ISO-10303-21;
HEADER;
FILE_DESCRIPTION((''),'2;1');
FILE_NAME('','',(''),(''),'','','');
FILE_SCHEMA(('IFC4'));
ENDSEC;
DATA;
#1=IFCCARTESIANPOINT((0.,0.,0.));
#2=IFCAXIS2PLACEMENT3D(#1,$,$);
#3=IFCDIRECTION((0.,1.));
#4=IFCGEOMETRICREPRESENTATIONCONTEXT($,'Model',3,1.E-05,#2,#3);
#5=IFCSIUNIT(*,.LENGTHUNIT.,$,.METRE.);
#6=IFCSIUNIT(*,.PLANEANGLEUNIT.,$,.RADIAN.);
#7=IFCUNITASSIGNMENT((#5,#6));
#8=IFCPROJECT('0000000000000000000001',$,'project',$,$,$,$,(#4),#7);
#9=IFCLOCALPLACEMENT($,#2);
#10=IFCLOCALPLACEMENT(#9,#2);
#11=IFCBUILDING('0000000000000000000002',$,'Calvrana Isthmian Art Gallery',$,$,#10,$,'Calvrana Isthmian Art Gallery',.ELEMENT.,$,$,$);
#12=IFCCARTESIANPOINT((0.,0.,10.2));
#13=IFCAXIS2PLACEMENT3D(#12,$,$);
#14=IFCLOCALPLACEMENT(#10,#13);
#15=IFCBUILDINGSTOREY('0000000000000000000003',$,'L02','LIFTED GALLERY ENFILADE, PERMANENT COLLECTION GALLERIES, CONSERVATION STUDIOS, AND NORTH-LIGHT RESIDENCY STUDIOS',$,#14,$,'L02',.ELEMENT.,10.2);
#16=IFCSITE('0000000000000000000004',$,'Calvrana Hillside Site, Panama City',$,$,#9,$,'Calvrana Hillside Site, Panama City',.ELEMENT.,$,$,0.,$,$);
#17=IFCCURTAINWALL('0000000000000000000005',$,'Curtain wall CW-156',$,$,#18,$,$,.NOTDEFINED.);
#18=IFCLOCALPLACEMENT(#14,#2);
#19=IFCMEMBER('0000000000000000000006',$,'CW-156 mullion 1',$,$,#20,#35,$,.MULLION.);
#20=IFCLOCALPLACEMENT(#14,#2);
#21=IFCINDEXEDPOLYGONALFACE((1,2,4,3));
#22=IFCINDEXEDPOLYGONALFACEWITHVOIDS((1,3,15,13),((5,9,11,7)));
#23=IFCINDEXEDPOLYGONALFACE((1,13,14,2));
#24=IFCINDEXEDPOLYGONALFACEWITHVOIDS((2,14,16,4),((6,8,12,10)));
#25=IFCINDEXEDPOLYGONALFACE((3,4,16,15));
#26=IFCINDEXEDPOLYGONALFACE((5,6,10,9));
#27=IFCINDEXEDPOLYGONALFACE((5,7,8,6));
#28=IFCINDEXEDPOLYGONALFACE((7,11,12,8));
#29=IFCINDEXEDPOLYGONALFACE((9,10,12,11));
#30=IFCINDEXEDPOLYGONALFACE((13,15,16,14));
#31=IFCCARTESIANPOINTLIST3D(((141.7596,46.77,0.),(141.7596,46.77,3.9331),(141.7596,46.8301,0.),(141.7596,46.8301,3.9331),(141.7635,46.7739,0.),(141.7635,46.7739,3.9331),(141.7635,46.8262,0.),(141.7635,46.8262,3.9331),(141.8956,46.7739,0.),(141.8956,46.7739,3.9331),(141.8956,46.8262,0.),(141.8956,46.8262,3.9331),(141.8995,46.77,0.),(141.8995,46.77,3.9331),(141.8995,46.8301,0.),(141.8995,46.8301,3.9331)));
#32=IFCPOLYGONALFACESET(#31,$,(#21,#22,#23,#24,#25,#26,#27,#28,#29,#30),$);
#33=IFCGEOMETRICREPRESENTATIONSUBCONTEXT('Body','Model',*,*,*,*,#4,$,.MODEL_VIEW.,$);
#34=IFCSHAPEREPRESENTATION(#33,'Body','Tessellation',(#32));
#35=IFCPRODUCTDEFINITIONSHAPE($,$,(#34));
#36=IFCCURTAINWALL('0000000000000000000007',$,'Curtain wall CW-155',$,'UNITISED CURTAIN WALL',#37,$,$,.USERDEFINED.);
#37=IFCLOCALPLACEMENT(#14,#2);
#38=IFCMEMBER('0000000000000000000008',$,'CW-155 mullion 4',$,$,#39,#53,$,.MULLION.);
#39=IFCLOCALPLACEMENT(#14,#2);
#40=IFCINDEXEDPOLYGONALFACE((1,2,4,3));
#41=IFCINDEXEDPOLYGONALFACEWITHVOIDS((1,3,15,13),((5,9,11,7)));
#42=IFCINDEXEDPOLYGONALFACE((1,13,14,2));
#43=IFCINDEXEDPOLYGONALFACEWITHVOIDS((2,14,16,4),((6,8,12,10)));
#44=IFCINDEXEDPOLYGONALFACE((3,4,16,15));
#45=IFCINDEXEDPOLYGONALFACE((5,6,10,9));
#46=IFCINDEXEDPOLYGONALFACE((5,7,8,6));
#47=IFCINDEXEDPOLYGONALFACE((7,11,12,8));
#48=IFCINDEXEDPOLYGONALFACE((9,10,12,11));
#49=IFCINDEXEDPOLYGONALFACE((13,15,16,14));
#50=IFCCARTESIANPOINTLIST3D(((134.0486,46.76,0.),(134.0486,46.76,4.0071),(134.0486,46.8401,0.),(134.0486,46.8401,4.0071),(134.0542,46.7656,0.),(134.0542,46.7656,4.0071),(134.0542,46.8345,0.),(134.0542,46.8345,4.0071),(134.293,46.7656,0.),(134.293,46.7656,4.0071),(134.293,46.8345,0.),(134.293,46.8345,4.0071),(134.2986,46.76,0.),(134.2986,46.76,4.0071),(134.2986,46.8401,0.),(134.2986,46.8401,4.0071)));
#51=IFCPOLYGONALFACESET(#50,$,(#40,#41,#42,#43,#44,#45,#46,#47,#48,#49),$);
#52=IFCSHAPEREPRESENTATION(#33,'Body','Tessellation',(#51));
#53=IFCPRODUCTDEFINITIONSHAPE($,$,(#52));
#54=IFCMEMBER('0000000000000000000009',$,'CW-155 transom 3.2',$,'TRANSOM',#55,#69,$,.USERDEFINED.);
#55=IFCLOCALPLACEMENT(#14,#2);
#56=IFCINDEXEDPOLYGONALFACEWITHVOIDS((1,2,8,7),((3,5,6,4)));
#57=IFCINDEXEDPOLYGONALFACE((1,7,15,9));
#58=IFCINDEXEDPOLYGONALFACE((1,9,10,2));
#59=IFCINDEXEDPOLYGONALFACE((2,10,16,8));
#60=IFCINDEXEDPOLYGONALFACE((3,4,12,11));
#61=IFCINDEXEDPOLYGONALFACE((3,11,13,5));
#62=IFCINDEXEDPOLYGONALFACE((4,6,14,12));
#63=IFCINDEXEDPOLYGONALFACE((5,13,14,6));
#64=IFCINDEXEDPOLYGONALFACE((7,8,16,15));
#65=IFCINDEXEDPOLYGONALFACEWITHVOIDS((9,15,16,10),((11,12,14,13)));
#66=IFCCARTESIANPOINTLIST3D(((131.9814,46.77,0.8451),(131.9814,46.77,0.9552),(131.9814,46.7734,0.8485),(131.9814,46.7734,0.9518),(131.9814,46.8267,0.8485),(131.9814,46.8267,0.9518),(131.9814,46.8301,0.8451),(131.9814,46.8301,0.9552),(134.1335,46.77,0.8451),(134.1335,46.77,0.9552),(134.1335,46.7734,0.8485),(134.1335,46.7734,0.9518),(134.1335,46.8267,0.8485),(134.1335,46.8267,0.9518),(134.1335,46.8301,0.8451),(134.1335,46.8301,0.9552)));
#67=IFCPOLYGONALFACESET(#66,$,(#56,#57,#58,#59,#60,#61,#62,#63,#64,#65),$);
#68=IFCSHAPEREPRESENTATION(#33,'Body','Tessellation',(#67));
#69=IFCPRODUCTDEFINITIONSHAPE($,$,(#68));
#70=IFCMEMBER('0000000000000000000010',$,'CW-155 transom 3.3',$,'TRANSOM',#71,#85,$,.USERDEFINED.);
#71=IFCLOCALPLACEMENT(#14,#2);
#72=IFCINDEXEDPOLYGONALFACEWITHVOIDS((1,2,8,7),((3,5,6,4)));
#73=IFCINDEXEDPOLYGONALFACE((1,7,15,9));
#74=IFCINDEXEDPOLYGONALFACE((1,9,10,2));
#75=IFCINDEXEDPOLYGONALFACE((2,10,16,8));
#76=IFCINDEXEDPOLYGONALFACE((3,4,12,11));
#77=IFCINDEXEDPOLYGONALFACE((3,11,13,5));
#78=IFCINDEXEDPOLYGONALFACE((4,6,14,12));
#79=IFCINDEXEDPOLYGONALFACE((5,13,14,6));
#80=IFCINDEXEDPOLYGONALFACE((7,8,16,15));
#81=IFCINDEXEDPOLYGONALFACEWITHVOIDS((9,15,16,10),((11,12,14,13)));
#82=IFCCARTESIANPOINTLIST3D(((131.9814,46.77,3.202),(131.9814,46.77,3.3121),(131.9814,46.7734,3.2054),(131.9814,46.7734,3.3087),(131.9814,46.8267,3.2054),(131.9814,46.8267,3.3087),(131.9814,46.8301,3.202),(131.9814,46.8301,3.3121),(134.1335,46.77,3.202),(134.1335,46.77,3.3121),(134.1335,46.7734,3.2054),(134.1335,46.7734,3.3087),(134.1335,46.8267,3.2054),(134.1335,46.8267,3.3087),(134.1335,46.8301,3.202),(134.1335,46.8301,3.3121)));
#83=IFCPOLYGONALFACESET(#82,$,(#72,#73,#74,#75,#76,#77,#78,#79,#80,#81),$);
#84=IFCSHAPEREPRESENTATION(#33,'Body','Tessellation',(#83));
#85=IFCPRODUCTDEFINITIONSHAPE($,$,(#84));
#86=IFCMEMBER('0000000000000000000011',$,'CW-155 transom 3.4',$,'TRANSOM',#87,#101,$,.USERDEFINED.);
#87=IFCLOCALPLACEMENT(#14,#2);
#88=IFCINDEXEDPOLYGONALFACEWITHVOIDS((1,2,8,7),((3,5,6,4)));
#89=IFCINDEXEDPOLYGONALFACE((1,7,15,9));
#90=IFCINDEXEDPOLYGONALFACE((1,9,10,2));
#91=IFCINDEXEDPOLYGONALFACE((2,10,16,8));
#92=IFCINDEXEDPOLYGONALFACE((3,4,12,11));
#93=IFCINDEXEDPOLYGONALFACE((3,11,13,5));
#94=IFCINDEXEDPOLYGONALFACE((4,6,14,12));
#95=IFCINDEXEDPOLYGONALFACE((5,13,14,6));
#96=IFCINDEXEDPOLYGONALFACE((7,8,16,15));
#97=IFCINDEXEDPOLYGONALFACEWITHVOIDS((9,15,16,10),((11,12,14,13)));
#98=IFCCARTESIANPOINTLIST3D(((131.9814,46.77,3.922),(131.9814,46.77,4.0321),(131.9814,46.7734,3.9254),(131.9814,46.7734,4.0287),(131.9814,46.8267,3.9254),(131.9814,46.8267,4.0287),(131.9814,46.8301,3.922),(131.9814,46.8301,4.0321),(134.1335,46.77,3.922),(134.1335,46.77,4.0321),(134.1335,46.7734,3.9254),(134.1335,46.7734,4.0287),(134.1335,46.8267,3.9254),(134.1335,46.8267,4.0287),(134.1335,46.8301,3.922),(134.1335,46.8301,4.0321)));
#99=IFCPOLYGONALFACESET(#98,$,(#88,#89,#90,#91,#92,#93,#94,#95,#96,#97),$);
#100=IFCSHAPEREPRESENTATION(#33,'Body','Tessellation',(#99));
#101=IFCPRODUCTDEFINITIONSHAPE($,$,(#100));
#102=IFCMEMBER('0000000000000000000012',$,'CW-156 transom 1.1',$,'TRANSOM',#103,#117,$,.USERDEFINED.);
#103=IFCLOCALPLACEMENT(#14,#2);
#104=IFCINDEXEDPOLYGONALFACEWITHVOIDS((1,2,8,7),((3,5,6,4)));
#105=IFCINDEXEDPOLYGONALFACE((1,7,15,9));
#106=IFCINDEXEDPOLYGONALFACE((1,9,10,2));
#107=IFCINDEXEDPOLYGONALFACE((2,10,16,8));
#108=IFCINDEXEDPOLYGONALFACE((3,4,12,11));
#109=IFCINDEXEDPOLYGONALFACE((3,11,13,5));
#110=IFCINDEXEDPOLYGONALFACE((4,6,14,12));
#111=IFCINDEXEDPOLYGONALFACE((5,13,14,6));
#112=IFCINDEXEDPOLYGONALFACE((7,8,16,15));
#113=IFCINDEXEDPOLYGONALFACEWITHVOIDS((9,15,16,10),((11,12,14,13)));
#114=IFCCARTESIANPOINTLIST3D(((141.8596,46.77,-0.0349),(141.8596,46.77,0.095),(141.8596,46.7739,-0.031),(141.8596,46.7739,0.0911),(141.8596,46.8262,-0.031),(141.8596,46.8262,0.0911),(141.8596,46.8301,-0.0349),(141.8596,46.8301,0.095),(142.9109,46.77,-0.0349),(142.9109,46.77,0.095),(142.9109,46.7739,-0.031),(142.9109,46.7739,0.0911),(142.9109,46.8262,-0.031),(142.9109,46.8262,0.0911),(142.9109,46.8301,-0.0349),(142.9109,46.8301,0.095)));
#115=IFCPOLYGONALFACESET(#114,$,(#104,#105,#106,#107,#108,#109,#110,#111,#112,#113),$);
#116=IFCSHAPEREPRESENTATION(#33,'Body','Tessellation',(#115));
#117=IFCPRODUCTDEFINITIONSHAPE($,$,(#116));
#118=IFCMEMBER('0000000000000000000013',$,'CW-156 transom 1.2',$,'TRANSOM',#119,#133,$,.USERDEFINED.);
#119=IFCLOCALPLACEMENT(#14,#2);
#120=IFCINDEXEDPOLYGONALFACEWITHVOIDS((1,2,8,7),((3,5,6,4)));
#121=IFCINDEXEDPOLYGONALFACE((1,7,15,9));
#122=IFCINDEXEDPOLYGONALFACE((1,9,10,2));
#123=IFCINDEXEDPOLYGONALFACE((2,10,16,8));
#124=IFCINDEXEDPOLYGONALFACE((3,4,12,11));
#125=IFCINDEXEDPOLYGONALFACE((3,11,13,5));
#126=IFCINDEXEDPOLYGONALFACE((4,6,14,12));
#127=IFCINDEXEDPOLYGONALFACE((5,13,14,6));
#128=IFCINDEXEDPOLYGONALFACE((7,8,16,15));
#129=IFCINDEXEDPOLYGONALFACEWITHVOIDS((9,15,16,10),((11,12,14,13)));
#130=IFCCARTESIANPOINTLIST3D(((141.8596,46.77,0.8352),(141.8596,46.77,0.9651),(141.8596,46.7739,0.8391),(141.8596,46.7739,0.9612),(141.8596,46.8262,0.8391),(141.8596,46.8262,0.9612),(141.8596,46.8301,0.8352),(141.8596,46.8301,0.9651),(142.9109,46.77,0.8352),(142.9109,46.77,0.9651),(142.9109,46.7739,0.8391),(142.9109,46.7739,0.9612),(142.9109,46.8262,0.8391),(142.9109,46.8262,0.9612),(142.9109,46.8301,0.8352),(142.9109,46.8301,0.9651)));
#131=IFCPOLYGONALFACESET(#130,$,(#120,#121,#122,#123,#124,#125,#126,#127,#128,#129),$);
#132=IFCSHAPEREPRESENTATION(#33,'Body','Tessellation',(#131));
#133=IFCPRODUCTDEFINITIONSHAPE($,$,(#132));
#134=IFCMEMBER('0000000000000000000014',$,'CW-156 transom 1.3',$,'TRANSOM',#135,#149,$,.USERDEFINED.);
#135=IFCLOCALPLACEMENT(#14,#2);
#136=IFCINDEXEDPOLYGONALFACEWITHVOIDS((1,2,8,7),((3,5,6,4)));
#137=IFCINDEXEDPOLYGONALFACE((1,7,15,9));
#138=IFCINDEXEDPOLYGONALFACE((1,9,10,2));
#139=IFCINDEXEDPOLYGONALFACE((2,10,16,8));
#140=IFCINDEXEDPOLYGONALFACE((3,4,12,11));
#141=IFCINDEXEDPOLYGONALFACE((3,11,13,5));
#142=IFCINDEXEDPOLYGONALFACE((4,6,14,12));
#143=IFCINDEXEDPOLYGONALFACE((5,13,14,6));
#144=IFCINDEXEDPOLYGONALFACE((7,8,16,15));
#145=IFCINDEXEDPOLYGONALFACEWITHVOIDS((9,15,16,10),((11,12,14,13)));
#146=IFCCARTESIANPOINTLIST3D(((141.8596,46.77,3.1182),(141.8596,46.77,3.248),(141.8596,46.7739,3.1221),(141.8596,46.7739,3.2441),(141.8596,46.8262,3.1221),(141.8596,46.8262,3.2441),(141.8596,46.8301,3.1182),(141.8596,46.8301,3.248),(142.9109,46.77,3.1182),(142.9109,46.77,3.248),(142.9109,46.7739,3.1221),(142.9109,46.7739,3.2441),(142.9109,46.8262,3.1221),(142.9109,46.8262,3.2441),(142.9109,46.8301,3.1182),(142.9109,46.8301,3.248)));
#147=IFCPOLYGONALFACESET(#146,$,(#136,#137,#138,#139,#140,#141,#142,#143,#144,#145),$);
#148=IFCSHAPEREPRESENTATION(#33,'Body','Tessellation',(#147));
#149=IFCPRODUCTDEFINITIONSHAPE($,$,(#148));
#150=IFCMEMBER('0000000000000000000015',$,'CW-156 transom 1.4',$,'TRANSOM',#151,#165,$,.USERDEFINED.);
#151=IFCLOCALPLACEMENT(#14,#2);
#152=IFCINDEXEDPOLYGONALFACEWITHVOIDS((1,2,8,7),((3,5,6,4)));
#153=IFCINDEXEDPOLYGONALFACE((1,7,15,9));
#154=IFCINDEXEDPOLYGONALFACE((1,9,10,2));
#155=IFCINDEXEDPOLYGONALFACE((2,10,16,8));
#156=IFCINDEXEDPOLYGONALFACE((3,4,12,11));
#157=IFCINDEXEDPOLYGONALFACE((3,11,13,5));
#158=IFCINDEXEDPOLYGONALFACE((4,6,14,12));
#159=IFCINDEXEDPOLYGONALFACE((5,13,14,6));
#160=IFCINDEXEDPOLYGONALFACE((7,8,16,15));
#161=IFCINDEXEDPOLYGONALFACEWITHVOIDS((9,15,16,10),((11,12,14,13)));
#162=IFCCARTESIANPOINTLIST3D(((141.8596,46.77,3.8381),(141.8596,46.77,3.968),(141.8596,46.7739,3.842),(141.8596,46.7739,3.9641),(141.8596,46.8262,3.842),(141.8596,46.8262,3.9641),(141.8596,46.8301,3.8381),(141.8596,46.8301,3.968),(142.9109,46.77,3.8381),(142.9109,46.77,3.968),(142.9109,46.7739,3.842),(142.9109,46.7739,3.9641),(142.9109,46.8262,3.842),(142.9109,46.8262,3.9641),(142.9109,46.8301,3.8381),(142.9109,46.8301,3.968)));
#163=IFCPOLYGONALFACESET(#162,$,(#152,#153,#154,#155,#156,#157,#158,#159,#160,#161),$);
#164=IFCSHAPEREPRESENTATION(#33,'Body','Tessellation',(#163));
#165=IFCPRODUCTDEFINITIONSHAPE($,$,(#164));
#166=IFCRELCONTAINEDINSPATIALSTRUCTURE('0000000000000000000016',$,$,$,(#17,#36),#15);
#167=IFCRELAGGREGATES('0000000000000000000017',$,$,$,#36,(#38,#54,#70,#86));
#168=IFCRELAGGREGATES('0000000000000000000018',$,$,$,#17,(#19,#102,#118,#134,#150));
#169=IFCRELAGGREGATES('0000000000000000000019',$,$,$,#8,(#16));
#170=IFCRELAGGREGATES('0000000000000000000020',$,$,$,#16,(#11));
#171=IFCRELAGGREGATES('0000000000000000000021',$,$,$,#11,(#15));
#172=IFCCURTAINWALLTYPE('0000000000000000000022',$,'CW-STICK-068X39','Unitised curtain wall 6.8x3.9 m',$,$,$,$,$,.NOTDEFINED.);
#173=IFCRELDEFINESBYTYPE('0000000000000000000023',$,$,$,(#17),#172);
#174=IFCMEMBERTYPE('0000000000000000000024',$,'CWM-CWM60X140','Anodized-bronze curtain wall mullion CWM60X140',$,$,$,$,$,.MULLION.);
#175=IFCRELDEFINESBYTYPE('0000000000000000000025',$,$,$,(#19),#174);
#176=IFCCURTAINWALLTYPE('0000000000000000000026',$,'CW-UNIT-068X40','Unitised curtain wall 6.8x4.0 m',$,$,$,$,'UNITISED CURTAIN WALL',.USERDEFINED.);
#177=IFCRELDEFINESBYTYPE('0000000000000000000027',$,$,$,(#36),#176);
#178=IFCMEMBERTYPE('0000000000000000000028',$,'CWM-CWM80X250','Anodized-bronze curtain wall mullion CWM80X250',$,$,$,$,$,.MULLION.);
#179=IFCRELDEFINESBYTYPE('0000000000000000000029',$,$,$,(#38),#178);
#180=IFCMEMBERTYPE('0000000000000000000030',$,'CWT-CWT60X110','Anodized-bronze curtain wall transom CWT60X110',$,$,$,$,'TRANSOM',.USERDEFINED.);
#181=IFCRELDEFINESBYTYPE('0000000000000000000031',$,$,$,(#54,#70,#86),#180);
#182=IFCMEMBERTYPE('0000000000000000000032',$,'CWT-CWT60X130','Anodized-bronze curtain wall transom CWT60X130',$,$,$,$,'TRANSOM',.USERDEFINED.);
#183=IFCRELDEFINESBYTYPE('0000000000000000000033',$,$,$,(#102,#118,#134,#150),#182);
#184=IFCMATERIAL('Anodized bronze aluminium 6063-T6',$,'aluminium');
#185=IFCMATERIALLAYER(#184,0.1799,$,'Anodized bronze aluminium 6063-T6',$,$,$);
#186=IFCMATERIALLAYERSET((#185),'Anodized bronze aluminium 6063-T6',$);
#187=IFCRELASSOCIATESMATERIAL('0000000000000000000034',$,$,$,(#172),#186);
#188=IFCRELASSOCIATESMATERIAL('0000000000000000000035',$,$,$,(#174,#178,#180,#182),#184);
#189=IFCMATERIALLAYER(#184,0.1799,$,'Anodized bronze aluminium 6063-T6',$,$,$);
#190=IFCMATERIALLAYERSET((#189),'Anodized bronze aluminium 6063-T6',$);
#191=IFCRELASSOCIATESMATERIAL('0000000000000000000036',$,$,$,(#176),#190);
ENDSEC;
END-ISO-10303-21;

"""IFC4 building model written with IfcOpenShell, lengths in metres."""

from ifc_helpers import new_model, si_unit, direction, frame, origin, origin_2d, place, context, subcontext, project, spatial, hollow_rectangle, extrude, material, layer, layer_set, material_profile, profile_set, type_object, element, aggregate, save


model = new_model("IFC4")

# Units and contexts
model_context = context("Model", 3, precision=1e-05, world=origin(), true_north=direction((0.0, 1.0)))
body_context = subcontext(model_context, "Body", "Model", "MODEL_VIEW")
ifc_project = project(units=[si_unit("LENGTHUNIT", "METRE"), si_unit("PLANEANGLEUNIT", "RADIAN")], contexts=[model_context])

# Site, building, storey
site_placement = place(None, origin())
site = spatial("IfcSite", under=ifc_project, at=site_placement, Name="Calvrana Hillside Site, Panama City", LongName="Calvrana Hillside Site, Panama City", CompositionType="ELEMENT", RefElevation=0.0)
building_placement = place(site_placement, origin())
building = spatial("IfcBuilding", under=site, at=building_placement, Name="Calvrana Isthmian Art Gallery", LongName="Calvrana Isthmian Art Gallery", CompositionType="ELEMENT")
storey_placement = place(building_placement, frame((0.0, 0.0, 10.2)))
storey = spatial("IfcBuildingStorey", under=building, at=storey_placement, Name="L02", Description="LIFTED GALLERY ENFILADE, PERMANENT COLLECTION GALLERIES, CONSERVATION STUDIOS, AND NORTH-LIGHT RESIDENCY STUDIOS", LongName="L02", CompositionType="ELEMENT", Elevation=10.2)

# Curtain wall, member
ifc_material_1 = material(Name="Anodized bronze aluminium 6063-T6", Category="aluminium")
ifc_layer_1 = layer(ifc_material_1, 0.1799, Name="Anodized bronze aluminium 6063-T6")
ifc_layer_set_1 = layer_set([ifc_layer_1], Name="Anodized bronze aluminium 6063-T6")
curtain_wall_type_1 = type_object("IfcCurtainWallType", Name="CW-STICK-068X39", Description="Unitised curtain wall 6.8x3.9 m", PredefinedType="NOTDEFINED", material=ifc_layer_set_1)
curtain_wall_1_placement = place(storey_placement, origin())
curtain_wall_1 = element("IfcCurtainWall", 1, at=curtain_wall_1_placement, inside=storey, type_object=curtain_wall_type_1, Name="Curtain wall CW-156", PredefinedType="NOTDEFINED")
ifc_material_profile_1 = material_profile(ifc_material_1, hollow_rectangle(XDim=0.0601, YDim=0.1399, WallThickness=0.0039, at=origin_2d()), Name="CWM60X140")
ifc_profile_set_1 = profile_set([ifc_material_profile_1], Name="Anodized bronze aluminium 6063-T6")
member_type_1 = type_object("IfcMemberType", Name="CWM-CWM60X140", Description="Anodized-bronze curtain wall mullion CWM60X140", PredefinedType="MULLION", material=ifc_profile_set_1)
member_1_placement = place(storey_placement, frame((141.8296, 46.8, 0.0), z_axis=(0.0, 0.0, 1.0), x_axis=(0.0, 1.0, 0.0)))
member_1 = element("IfcMember", 2, at=member_1_placement, type_object=member_type_1, Name="CW-156 mullion 1", PredefinedType="MULLION", context=body_context, shape_type="SweptSolid", body=[
    extrude(hollow_rectangle(XDim=0.0601, YDim=0.1399, WallThickness=0.0039, at=origin_2d()), origin(), (0.0, 0.0, 1.0), 3.9331),
])

# Curtain wall, members
ifc_layer_2 = layer(ifc_material_1, 0.1799, Name="Anodized bronze aluminium 6063-T6")
ifc_layer_set_2 = layer_set([ifc_layer_2], Name="Anodized bronze aluminium 6063-T6")
curtain_wall_type_2 = type_object("IfcCurtainWallType", Name="CW-UNIT-068X40", Description="Unitised curtain wall 6.8x4.0 m", ElementType="UNITISED CURTAIN WALL", PredefinedType="USERDEFINED", material=ifc_layer_set_2)
curtain_wall_2_placement = place(storey_placement, origin())
curtain_wall_2 = element("IfcCurtainWall", 3, at=curtain_wall_2_placement, inside=storey, type_object=curtain_wall_type_2, Name="Curtain wall CW-155", ObjectType="UNITISED CURTAIN WALL", PredefinedType="USERDEFINED")
ifc_material_profile_2 = material_profile(ifc_material_1, hollow_rectangle(XDim=0.0801, YDim=0.25, WallThickness=0.0056, at=origin_2d()), Name="CWM80X250")
ifc_profile_set_2 = profile_set([ifc_material_profile_2], Name="Anodized bronze aluminium 6063-T6")
member_type_2 = type_object("IfcMemberType", Name="CWM-CWM80X250", Description="Anodized-bronze curtain wall mullion CWM80X250", PredefinedType="MULLION", material=ifc_profile_set_2)
member_2_placement = place(storey_placement, frame((134.1736, 46.8, 0.0), z_axis=(0.0, 0.0, 1.0), x_axis=(0.0, 1.0, 0.0)))
member_2 = element("IfcMember", 4, at=member_2_placement, type_object=member_type_2, Name="CW-155 mullion 4", PredefinedType="MULLION", context=body_context, shape_type="SweptSolid", body=[
    extrude(hollow_rectangle(XDim=0.0801, YDim=0.25, WallThickness=0.0056, at=origin_2d()), origin(), (0.0, 0.0, 1.0), 4.0071),
])
ifc_material_profile_3 = material_profile(ifc_material_1, hollow_rectangle(XDim=0.0601, YDim=0.1101, WallThickness=0.0034, at=origin_2d()), Name="CWT60X110")
ifc_profile_set_3 = profile_set([ifc_material_profile_3], Name="Anodized bronze aluminium 6063-T6")
member_type_3 = type_object("IfcMemberType", Name="CWT-CWT60X110", Description="Anodized-bronze curtain wall transom CWT60X110", ElementType="TRANSOM", PredefinedType="USERDEFINED", material=ifc_profile_set_3)
member_3_placement = place(storey_placement, frame((131.9814, 46.8, 0.9001), z_axis=(1.0, 0.0, 0.0), x_axis=(0.0, 1.0, 0.0)))
member_3 = element("IfcMember", 5, at=member_3_placement, type_object=member_type_3, Name="CW-155 transom 3.2", ObjectType="TRANSOM", PredefinedType="USERDEFINED", context=body_context, shape_type="SweptSolid", body=[
    extrude(hollow_rectangle(XDim=0.0601, YDim=0.1101, WallThickness=0.0034, at=origin_2d()), origin(), (0.0, 0.0, 1.0), 2.1521),
])
member_4_placement = place(storey_placement, frame((131.9814, 46.8, 3.2571), z_axis=(1.0, 0.0, 0.0), x_axis=(0.0, 1.0, 0.0)))
member_4 = element("IfcMember", 6, at=member_4_placement, type_object=member_type_3, Name="CW-155 transom 3.3", ObjectType="TRANSOM", PredefinedType="USERDEFINED", context=body_context, shape_type="SweptSolid", body=[
    extrude(hollow_rectangle(XDim=0.0601, YDim=0.1101, WallThickness=0.0034, at=origin_2d()), origin(), (0.0, 0.0, 1.0), 2.1521),
])
member_5_placement = place(storey_placement, frame((131.9814, 46.8, 3.9771), z_axis=(1.0, 0.0, 0.0), x_axis=(0.0, 1.0, 0.0)))
member_5 = element("IfcMember", 7, at=member_5_placement, type_object=member_type_3, Name="CW-155 transom 3.4", ObjectType="TRANSOM", PredefinedType="USERDEFINED", context=body_context, shape_type="SweptSolid", body=[
    extrude(hollow_rectangle(XDim=0.0601, YDim=0.1101, WallThickness=0.0034, at=origin_2d()), origin(), (0.0, 0.0, 1.0), 2.1521),
])

# Members
ifc_material_profile_4 = material_profile(ifc_material_1, hollow_rectangle(XDim=0.0601, YDim=0.1299, WallThickness=0.0039, at=origin_2d()), Name="CWT60X130")
ifc_profile_set_4 = profile_set([ifc_material_profile_4], Name="Anodized bronze aluminium 6063-T6")
member_type_4 = type_object("IfcMemberType", Name="CWT-CWT60X130", Description="Anodized-bronze curtain wall transom CWT60X130", ElementType="TRANSOM", PredefinedType="USERDEFINED", material=ifc_profile_set_4)
member_6_placement = place(storey_placement, frame((141.8596, 46.8, 0.03), z_axis=(1.0, 0.0, 0.0), x_axis=(0.0, 1.0, 0.0)))
member_6 = element("IfcMember", 8, at=member_6_placement, type_object=member_type_4, Name="CW-156 transom 1.1", ObjectType="TRANSOM", PredefinedType="USERDEFINED", context=body_context, shape_type="SweptSolid", body=[
    extrude(hollow_rectangle(XDim=0.0601, YDim=0.1299, WallThickness=0.0039, at=origin_2d()), origin(), (0.0, 0.0, 1.0), 1.0513),
])
member_7_placement = place(storey_placement, frame((141.8596, 46.8, 0.9001), z_axis=(1.0, 0.0, 0.0), x_axis=(0.0, 1.0, 0.0)))
member_7 = element("IfcMember", 9, at=member_7_placement, type_object=member_type_4, Name="CW-156 transom 1.2", ObjectType="TRANSOM", PredefinedType="USERDEFINED", context=body_context, shape_type="SweptSolid", body=[
    extrude(hollow_rectangle(XDim=0.0601, YDim=0.1299, WallThickness=0.0039, at=origin_2d()), origin(), (0.0, 0.0, 1.0), 1.0513),
])
member_8_placement = place(storey_placement, frame((141.8596, 46.8, 3.1831), z_axis=(1.0, 0.0, 0.0), x_axis=(0.0, 1.0, 0.0)))
member_8 = element("IfcMember", 10, at=member_8_placement, type_object=member_type_4, Name="CW-156 transom 1.3", ObjectType="TRANSOM", PredefinedType="USERDEFINED", context=body_context, shape_type="SweptSolid", body=[
    extrude(hollow_rectangle(XDim=0.0601, YDim=0.1299, WallThickness=0.0039, at=origin_2d()), origin(), (0.0, 0.0, 1.0), 1.0513),
])
member_9_placement = place(storey_placement, frame((141.8596, 46.8, 3.9031), z_axis=(1.0, 0.0, 0.0), x_axis=(0.0, 1.0, 0.0)))
member_9 = element("IfcMember", 11, at=member_9_placement, type_object=member_type_4, Name="CW-156 transom 1.4", ObjectType="TRANSOM", PredefinedType="USERDEFINED", context=body_context, shape_type="SweptSolid", body=[
    extrude(hollow_rectangle(XDim=0.0601, YDim=0.1299, WallThickness=0.0039, at=origin_2d()), origin(), (0.0, 0.0, 1.0), 1.0513),
])

aggregate(curtain_wall_2, [member_2, member_3, member_4, member_5])
aggregate(curtain_wall_1, [member_1, member_6, member_7, member_8, member_9])

save(model, "model.ifc")
